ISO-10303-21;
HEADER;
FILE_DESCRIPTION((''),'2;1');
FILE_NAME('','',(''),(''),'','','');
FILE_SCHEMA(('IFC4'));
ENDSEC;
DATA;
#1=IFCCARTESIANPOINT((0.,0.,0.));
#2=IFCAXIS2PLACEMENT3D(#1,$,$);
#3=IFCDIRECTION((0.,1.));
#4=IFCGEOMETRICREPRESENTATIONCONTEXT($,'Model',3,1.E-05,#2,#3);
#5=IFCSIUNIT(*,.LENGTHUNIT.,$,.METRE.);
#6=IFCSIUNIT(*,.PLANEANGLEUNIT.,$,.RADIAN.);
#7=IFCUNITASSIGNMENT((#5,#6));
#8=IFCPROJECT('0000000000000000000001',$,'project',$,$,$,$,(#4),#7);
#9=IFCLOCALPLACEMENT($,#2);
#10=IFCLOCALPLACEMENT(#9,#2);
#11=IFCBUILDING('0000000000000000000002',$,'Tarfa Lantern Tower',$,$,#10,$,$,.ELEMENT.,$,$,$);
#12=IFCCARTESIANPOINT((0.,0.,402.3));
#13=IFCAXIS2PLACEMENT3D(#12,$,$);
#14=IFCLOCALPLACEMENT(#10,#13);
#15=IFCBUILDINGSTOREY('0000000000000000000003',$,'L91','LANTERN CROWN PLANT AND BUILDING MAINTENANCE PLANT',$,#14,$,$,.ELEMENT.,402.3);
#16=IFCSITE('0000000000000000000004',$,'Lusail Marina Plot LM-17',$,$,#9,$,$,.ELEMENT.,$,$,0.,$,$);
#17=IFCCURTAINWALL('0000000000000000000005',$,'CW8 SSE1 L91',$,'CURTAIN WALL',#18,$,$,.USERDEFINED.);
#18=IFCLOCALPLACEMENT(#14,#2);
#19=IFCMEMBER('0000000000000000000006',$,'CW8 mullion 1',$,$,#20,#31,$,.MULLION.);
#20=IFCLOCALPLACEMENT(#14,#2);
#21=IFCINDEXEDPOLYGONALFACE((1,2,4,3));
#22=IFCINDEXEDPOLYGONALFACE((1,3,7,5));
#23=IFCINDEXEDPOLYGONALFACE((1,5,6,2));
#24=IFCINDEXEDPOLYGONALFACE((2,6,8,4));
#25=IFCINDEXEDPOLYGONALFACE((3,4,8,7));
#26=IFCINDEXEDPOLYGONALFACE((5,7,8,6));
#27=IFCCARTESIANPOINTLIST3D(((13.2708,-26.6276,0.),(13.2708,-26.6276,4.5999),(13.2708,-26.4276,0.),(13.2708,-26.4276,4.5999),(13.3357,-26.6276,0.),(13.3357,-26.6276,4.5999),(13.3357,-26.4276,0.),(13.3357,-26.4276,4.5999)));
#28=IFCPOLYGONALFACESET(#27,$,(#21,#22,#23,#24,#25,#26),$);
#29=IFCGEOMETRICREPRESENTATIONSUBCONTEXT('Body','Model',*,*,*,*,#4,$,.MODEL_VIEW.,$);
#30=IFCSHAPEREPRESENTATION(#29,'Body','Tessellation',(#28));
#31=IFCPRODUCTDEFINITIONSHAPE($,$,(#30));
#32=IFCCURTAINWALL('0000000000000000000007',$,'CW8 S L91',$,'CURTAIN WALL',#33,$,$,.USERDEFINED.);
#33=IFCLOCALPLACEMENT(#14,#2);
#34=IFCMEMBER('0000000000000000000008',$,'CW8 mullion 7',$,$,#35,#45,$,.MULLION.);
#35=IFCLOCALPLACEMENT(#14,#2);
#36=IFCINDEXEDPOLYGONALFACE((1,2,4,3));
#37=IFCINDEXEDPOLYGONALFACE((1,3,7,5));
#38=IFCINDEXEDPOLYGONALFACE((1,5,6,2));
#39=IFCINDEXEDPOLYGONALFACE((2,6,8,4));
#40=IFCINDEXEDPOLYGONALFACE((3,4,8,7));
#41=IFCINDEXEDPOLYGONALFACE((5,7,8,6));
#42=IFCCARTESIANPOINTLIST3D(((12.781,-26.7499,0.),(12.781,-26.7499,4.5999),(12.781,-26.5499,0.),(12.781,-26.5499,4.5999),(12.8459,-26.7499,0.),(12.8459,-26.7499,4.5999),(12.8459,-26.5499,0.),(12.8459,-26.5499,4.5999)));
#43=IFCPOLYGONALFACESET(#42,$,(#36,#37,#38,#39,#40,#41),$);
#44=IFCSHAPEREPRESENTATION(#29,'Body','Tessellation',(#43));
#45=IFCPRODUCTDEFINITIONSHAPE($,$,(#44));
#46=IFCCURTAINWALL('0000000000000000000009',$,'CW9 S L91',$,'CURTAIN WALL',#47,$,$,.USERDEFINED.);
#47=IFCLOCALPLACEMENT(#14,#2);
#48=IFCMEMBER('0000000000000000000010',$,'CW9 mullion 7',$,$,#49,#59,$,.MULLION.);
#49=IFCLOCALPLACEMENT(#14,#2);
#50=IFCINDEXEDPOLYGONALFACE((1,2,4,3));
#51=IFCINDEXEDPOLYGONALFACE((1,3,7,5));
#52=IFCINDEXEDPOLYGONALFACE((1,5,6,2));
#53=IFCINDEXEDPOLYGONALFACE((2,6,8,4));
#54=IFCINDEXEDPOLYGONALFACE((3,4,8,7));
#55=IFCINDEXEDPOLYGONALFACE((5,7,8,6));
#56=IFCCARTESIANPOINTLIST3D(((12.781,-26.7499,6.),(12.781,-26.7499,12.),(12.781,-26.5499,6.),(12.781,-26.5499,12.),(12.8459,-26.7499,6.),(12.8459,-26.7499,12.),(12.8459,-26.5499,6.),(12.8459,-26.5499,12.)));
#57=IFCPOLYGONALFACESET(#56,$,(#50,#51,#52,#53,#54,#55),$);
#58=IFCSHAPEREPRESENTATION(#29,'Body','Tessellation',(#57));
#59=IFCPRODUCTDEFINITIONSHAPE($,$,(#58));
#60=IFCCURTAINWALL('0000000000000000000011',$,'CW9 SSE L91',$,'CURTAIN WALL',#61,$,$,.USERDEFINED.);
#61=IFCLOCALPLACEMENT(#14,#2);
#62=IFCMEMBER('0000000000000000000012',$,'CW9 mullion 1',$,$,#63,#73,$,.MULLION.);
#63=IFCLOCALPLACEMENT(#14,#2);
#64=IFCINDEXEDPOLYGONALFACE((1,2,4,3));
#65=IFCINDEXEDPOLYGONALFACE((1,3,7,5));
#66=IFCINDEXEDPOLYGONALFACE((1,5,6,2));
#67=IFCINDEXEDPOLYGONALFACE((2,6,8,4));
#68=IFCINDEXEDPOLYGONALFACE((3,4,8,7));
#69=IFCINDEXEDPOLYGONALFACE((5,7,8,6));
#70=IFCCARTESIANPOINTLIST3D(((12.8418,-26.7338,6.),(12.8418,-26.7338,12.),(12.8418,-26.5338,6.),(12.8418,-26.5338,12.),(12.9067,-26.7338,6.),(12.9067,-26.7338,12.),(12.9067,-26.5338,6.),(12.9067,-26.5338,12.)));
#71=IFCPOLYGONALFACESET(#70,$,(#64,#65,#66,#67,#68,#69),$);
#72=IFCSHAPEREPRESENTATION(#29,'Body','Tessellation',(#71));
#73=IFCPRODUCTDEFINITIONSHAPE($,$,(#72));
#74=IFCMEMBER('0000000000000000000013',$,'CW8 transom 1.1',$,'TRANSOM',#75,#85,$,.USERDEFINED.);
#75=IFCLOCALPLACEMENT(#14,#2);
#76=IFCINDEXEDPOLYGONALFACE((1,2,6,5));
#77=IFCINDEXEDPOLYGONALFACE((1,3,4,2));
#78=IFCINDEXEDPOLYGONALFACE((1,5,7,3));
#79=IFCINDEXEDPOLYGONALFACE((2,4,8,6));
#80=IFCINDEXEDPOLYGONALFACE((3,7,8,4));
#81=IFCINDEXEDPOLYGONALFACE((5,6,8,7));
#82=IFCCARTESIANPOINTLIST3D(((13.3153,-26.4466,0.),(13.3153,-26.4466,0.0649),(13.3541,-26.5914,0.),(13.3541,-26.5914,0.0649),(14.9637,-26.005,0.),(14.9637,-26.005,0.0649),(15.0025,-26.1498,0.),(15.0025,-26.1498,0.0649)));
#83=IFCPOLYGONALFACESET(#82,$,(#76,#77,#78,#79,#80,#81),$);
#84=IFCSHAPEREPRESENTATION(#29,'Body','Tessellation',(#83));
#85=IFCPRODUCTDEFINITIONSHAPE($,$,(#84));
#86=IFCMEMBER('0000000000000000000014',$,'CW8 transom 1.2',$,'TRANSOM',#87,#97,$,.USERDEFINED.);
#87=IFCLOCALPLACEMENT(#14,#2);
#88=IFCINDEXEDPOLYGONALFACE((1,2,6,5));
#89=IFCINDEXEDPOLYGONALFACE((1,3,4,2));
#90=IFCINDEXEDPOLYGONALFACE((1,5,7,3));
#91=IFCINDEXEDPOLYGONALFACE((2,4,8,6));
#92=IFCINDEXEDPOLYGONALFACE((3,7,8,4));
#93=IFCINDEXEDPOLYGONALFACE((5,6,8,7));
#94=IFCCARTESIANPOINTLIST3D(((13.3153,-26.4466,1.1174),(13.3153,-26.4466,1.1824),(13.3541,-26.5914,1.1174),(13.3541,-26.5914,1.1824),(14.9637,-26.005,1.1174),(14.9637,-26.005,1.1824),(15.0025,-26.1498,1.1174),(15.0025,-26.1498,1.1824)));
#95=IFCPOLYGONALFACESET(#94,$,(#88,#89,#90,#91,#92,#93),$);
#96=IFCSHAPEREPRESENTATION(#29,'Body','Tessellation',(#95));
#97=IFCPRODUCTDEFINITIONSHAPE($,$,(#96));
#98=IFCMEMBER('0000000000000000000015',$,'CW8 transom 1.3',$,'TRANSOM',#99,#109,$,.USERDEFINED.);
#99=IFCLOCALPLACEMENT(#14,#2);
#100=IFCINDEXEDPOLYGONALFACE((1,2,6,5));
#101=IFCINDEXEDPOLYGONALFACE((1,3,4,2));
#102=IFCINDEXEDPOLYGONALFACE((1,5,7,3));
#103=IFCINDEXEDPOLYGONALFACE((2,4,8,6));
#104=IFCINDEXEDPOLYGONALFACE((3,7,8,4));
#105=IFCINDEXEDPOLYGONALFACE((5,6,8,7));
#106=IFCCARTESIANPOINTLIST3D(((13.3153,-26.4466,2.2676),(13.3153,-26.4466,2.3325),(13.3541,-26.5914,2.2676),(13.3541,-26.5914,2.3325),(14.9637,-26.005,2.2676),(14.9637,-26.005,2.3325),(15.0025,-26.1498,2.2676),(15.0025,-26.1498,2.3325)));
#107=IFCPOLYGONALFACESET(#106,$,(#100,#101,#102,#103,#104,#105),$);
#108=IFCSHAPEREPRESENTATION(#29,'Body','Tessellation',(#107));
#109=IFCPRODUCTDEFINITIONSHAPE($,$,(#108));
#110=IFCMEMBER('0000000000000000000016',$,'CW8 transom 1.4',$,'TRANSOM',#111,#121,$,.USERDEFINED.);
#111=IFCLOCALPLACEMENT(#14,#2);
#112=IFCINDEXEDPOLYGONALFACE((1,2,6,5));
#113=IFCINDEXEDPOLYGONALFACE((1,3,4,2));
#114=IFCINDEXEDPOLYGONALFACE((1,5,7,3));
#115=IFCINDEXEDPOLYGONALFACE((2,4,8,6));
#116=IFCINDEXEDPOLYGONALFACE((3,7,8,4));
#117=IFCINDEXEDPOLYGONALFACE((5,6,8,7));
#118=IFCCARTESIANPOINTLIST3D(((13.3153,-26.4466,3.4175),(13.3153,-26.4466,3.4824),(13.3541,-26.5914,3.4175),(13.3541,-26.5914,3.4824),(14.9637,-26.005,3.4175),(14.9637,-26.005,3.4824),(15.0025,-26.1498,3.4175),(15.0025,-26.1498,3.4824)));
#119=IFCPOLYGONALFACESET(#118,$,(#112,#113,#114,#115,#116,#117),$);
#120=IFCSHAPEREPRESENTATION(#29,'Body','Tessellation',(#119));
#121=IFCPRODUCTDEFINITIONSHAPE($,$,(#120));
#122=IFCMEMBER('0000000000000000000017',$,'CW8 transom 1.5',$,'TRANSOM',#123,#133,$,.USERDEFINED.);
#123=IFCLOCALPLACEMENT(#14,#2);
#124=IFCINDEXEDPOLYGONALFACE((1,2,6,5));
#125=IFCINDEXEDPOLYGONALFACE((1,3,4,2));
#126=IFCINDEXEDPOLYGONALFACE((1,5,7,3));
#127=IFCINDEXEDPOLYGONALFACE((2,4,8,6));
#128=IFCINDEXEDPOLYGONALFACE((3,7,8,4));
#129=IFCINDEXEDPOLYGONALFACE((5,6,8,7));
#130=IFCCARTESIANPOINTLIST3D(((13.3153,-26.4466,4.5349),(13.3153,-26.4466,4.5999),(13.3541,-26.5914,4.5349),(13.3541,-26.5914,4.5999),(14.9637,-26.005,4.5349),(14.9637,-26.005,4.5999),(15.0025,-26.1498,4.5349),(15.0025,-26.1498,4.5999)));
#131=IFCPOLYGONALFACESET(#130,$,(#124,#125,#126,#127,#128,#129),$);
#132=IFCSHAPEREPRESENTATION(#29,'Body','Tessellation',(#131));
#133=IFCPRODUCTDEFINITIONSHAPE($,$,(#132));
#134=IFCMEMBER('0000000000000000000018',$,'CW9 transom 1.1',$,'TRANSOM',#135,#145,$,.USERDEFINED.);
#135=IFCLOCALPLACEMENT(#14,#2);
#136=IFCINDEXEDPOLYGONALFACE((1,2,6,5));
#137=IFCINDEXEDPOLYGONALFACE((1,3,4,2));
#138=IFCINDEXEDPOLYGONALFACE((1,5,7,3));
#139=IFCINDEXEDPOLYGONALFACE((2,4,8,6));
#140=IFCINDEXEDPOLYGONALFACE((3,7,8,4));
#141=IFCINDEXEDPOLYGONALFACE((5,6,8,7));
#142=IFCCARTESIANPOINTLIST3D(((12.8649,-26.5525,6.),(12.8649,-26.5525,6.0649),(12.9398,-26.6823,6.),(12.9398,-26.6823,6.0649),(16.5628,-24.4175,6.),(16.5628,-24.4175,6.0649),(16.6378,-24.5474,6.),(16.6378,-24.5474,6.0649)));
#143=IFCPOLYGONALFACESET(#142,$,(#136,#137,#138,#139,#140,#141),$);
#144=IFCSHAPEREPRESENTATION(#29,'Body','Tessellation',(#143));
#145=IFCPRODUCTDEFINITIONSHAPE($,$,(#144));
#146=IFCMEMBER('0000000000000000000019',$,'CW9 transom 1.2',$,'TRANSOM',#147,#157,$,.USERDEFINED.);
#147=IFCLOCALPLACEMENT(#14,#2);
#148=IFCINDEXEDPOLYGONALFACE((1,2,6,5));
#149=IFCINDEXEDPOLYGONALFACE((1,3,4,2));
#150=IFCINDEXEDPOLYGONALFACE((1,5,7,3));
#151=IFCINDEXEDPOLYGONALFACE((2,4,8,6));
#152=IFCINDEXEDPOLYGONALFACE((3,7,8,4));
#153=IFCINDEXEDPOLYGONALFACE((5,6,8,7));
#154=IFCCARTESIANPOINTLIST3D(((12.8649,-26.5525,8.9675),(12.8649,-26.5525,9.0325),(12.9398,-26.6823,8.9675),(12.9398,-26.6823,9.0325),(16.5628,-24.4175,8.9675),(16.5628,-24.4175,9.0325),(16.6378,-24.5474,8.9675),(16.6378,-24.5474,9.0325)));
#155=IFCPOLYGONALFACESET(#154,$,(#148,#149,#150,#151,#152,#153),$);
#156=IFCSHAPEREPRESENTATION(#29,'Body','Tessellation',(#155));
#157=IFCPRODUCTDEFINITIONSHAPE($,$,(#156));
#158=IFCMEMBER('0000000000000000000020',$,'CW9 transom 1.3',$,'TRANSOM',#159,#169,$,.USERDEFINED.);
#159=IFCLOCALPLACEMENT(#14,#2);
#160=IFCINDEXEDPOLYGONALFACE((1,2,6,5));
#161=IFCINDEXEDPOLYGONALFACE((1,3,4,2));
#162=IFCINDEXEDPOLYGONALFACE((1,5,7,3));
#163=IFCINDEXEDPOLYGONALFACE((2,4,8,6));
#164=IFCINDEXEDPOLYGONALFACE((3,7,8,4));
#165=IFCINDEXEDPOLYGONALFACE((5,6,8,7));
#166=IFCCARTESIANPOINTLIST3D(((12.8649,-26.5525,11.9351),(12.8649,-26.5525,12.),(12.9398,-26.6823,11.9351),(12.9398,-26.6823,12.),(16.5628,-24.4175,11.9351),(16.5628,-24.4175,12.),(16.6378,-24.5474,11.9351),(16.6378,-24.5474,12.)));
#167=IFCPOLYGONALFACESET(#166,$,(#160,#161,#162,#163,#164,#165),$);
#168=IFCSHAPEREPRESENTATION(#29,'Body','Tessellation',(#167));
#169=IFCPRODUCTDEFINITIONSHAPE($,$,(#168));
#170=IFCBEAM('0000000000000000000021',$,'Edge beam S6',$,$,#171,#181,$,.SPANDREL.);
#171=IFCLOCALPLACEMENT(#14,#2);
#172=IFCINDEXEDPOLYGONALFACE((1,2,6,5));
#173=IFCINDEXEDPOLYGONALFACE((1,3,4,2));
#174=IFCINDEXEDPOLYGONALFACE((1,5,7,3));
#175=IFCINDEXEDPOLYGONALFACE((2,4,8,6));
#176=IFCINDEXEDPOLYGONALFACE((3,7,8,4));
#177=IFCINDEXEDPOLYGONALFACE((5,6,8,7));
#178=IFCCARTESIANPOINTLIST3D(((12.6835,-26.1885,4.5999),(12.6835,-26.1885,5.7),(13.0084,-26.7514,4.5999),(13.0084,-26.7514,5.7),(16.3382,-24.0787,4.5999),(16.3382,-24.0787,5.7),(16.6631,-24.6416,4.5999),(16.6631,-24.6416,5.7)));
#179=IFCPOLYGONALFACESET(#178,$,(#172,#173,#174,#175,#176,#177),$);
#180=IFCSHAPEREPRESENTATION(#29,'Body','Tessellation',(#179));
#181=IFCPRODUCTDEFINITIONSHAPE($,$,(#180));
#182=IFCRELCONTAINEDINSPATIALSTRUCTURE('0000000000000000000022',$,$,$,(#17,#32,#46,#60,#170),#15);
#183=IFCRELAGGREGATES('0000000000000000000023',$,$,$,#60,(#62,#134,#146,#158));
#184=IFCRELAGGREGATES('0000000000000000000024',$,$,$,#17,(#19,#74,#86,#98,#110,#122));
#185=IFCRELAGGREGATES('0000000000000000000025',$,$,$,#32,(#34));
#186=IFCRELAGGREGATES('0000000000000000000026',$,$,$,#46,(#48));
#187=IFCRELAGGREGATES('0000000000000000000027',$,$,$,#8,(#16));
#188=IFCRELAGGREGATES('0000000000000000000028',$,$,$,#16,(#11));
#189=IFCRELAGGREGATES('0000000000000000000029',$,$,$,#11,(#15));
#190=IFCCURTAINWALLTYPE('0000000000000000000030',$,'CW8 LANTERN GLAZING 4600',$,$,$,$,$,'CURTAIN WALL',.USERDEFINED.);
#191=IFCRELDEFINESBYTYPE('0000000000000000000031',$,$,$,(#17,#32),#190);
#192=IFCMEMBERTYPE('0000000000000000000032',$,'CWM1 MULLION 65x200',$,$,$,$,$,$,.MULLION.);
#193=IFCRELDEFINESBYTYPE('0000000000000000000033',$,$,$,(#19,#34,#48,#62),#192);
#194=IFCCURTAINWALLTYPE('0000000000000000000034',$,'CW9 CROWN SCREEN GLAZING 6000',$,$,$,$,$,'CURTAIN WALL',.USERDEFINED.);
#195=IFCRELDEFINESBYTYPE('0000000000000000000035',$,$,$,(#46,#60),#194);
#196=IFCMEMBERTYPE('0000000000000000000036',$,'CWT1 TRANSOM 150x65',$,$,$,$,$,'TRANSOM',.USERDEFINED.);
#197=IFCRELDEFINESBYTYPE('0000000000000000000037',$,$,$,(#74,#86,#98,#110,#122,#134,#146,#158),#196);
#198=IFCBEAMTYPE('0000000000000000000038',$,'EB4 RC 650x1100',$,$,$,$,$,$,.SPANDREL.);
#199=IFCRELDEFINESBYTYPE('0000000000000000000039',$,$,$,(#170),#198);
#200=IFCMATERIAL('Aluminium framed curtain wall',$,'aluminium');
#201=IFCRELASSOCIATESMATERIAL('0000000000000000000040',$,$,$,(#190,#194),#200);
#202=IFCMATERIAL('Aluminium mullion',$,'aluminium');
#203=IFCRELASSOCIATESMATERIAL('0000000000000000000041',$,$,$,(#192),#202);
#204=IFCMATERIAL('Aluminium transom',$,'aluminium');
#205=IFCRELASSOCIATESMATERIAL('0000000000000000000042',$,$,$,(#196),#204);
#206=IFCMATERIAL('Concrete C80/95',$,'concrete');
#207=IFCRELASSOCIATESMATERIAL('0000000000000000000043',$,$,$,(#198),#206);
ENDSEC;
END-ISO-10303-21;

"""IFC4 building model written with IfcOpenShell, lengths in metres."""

from ifc_helpers import new_model, si_unit, direction, frame, origin, origin_2d, place, context, subcontext, project, spatial, rectangle, extrude, material, material_profile, profile_set, type_object, element, aggregate, save


model = new_model("IFC4")

# Units and contexts
model_context = context("Model", 3, precision=1e-05, world=origin(), true_north=direction((0.0, 1.0)))
body_context = subcontext(model_context, "Body", "Model", "MODEL_VIEW")
ifc_project = project(units=[si_unit("LENGTHUNIT", "METRE"), si_unit("PLANEANGLEUNIT", "RADIAN")], contexts=[model_context])

# Site, building, storey
site_placement = place(None, origin())
site = spatial("IfcSite", under=ifc_project, at=site_placement, Name="Lusail Marina Plot LM-17", CompositionType="ELEMENT", RefElevation=0.0)
building_placement = place(site_placement, origin())
building = spatial("IfcBuilding", under=site, at=building_placement, Name="Tarfa Lantern Tower", CompositionType="ELEMENT")
storey_placement = place(building_placement, frame((0.0, 0.0, 402.3)))
storey = spatial("IfcBuildingStorey", under=building, at=storey_placement, Name="L91", Description="LANTERN CROWN PLANT AND BUILDING MAINTENANCE PLANT", CompositionType="ELEMENT", Elevation=402.3)

# Curtain walls, members
ifc_material_1 = material(Name="Aluminium framed curtain wall", Category="aluminium")
curtain_wall_type_1 = type_object("IfcCurtainWallType", Name="CW8 LANTERN GLAZING 4600", ElementType="CURTAIN WALL", PredefinedType="USERDEFINED", material=ifc_material_1)
curtain_wall_1_placement = place(storey_placement, origin())
curtain_wall_1 = element("IfcCurtainWall", 1, at=curtain_wall_1_placement, inside=storey, type_object=curtain_wall_type_1, Name="CW8 SSE1 L91", ObjectType="CURTAIN WALL", PredefinedType="USERDEFINED")
ifc_material_2 = material(Name="Aluminium mullion", Category="aluminium")
ifc_material_profile_1 = material_profile(ifc_material_2, rectangle(XDim=0.0649, YDim=0.2, at=origin_2d()), Name="AL MULLION 65x200")
ifc_profile_set_1 = profile_set([ifc_material_profile_1], Name="Aluminium mullion")
member_type_1 = type_object("IfcMemberType", Name="CWM1 MULLION 65x200", PredefinedType="MULLION", material=ifc_profile_set_1)
member_1_placement = place(storey_placement, frame((13.3032, -26.5276, 0.0), z_axis=(0.0, 0.0, 1.0), x_axis=(1.0, 0.0, 0.0)))
member_1 = element("IfcMember", 2, at=member_1_placement, type_object=member_type_1, Name="CW8 mullion 1", PredefinedType="MULLION", context=body_context, shape_type="SweptSolid", body=[
    extrude(rectangle(XDim=0.0649, YDim=0.2, at=origin_2d()), origin(), (0.0, 0.0, 1.0), 4.5999),
])
curtain_wall_2_placement = place(storey_placement, origin())
curtain_wall_2 = element("IfcCurtainWall", 3, at=curtain_wall_2_placement, inside=storey, type_object=curtain_wall_type_1, Name="CW8 S L91", ObjectType="CURTAIN WALL", PredefinedType="USERDEFINED")
member_2_placement = place(storey_placement, frame((12.8135, -26.6499, 0.0), z_axis=(0.0, 0.0, 1.0), x_axis=(1.0, 0.0, 0.0)))
member_2 = element("IfcMember", 4, at=member_2_placement, type_object=member_type_1, Name="CW8 mullion 7", PredefinedType="MULLION", context=body_context, shape_type="SweptSolid", body=[
    extrude(rectangle(XDim=0.0649, YDim=0.2, at=origin_2d()), origin(), (0.0, 0.0, 1.0), 4.5999),
])
curtain_wall_type_2 = type_object("IfcCurtainWallType", Name="CW9 CROWN SCREEN GLAZING 6000", ElementType="CURTAIN WALL", PredefinedType="USERDEFINED", material=ifc_material_1)
curtain_wall_3_placement = place(storey_placement, origin())
curtain_wall_3 = element("IfcCurtainWall", 5, at=curtain_wall_3_placement, inside=storey, type_object=curtain_wall_type_2, Name="CW9 S L91", ObjectType="CURTAIN WALL", PredefinedType="USERDEFINED")
member_3_placement = place(storey_placement, frame((12.8135, -26.6499, 6.0), z_axis=(0.0, 0.0, 1.0), x_axis=(1.0, 0.0, 0.0)))
member_3 = element("IfcMember", 6, at=member_3_placement, type_object=member_type_1, Name="CW9 mullion 7", PredefinedType="MULLION", context=body_context, shape_type="SweptSolid", body=[
    extrude(rectangle(XDim=0.0649, YDim=0.2, at=origin_2d()), origin(), (0.0, 0.0, 1.0), 6.0),
])
curtain_wall_4_placement = place(storey_placement, origin())
curtain_wall_4 = element("IfcCurtainWall", 7, at=curtain_wall_4_placement, inside=storey, type_object=curtain_wall_type_2, Name="CW9 SSE L91", ObjectType="CURTAIN WALL", PredefinedType="USERDEFINED")
member_4_placement = place(storey_placement, frame((12.8743, -26.6338, 6.0), z_axis=(0.0, 0.0, 1.0), x_axis=(1.0, 0.0, 0.0)))
member_4 = element("IfcMember", 8, at=member_4_placement, type_object=member_type_1, Name="CW9 mullion 1", PredefinedType="MULLION", context=body_context, shape_type="SweptSolid", body=[
    extrude(rectangle(XDim=0.0649, YDim=0.2, at=origin_2d()), origin(), (0.0, 0.0, 1.0), 6.0),
])

# Members
ifc_material_3 = material(Name="Aluminium transom", Category="aluminium")
ifc_material_profile_2 = material_profile(ifc_material_3, rectangle(XDim=0.1499, YDim=0.0649, at=origin_2d()), Name="AL TRANSOM 150x65")
ifc_profile_set_2 = profile_set([ifc_material_profile_2], Name="Aluminium transom")
member_type_2 = type_object("IfcMemberType", Name="CWT1 TRANSOM 150x65", ElementType="TRANSOM", PredefinedType="USERDEFINED", material=ifc_profile_set_2)
member_5_placement = place(storey_placement, frame((13.3347, -26.519, 0.0325), z_axis=(0.965933, 0.258793, 0.0), x_axis=(-0.258793, 0.965933, 0.0)))
member_5 = element("IfcMember", 9, at=member_5_placement, type_object=member_type_2, Name="CW8 transom 1.1", ObjectType="TRANSOM", PredefinedType="USERDEFINED", context=body_context, shape_type="SweptSolid", body=[
    extrude(rectangle(XDim=0.1499, YDim=0.0649, at=origin_2d()), origin(), (0.0, 0.0, 1.0), 1.7065),
])
member_6_placement = place(storey_placement, frame((13.3347, -26.519, 1.1499), z_axis=(0.965933, 0.258793, 0.0), x_axis=(-0.258793, 0.965933, 0.0)))
member_6 = element("IfcMember", 10, at=member_6_placement, type_object=member_type_2, Name="CW8 transom 1.2", ObjectType="TRANSOM", PredefinedType="USERDEFINED", context=body_context, shape_type="SweptSolid", body=[
    extrude(rectangle(XDim=0.1499, YDim=0.0649, at=origin_2d()), origin(), (0.0, 0.0, 1.0), 1.7065),
])
member_7_placement = place(storey_placement, frame((13.3347, -26.519, 2.3), z_axis=(0.965933, 0.258793, 0.0), x_axis=(-0.258793, 0.965933, 0.0)))
member_7 = element("IfcMember", 11, at=member_7_placement, type_object=member_type_2, Name="CW8 transom 1.3", ObjectType="TRANSOM", PredefinedType="USERDEFINED", context=body_context, shape_type="SweptSolid", body=[
    extrude(rectangle(XDim=0.1499, YDim=0.0649, at=origin_2d()), origin(), (0.0, 0.0, 1.0), 1.7065),
])
member_8_placement = place(storey_placement, frame((13.3347, -26.519, 3.45), z_axis=(0.965933, 0.258793, 0.0), x_axis=(-0.258793, 0.965933, 0.0)))
member_8 = element("IfcMember", 12, at=member_8_placement, type_object=member_type_2, Name="CW8 transom 1.4", ObjectType="TRANSOM", PredefinedType="USERDEFINED", context=body_context, shape_type="SweptSolid", body=[
    extrude(rectangle(XDim=0.1499, YDim=0.0649, at=origin_2d()), origin(), (0.0, 0.0, 1.0), 1.7065),
])
member_9_placement = place(storey_placement, frame((13.3347, -26.519, 4.5674), z_axis=(0.965933, 0.258793, 0.0), x_axis=(-0.258793, 0.965933, 0.0)))
member_9 = element("IfcMember", 13, at=member_9_placement, type_object=member_type_2, Name="CW8 transom 1.5", ObjectType="TRANSOM", PredefinedType="USERDEFINED", context=body_context, shape_type="SweptSolid", body=[
    extrude(rectangle(XDim=0.1499, YDim=0.0649, at=origin_2d()), origin(), (0.0, 0.0, 1.0), 1.7065),
])
member_10_placement = place(storey_placement, frame((12.9023, -26.6174, 6.0325), z_axis=(0.866028, 0.499995, 0.0), x_axis=(-0.499995, 0.866028, 0.0)))
member_10 = element("IfcMember", 14, at=member_10_placement, type_object=member_type_2, Name="CW9 transom 1.1", ObjectType="TRANSOM", PredefinedType="USERDEFINED", context=body_context, shape_type="SweptSolid", body=[
    extrude(rectangle(XDim=0.1499, YDim=0.0649, at=origin_2d()), origin(), (0.0, 0.0, 1.0), 4.27),
])
member_11_placement = place(storey_placement, frame((12.9023, -26.6174, 9.0), z_axis=(0.866028, 0.499995, 0.0), x_axis=(-0.499995, 0.866028, 0.0)))
member_11 = element("IfcMember", 15, at=member_11_placement, type_object=member_type_2, Name="CW9 transom 1.2", ObjectType="TRANSOM", PredefinedType="USERDEFINED", context=body_context, shape_type="SweptSolid", body=[
    extrude(rectangle(XDim=0.1499, YDim=0.0649, at=origin_2d()), origin(), (0.0, 0.0, 1.0), 4.27),
])
member_12_placement = place(storey_placement, frame((12.9023, -26.6174, 11.9675), z_axis=(0.866028, 0.499995, 0.0), x_axis=(-0.499995, 0.866028, 0.0)))
member_12 = element("IfcMember", 16, at=member_12_placement, type_object=member_type_2, Name="CW9 transom 1.3", ObjectType="TRANSOM", PredefinedType="USERDEFINED", context=body_context, shape_type="SweptSolid", body=[
    extrude(rectangle(XDim=0.1499, YDim=0.0649, at=origin_2d()), origin(), (0.0, 0.0, 1.0), 4.27),
])
aggregate(curtain_wall_4, [member_4, member_10, member_11, member_12])

# Beam
ifc_material_4 = material(Name="Concrete C80/95", Category="concrete")
ifc_material_profile_3 = material_profile(ifc_material_4, rectangle(XDim=0.6499, YDim=1.1001, at=origin_2d()), Name="RC 650x1100")
ifc_profile_set_3 = profile_set([ifc_material_profile_3], Name="Concrete C80/95")
beam_type_1 = type_object("IfcBeamType", Name="EB4 RC 650x1100", PredefinedType="SPANDREL", material=ifc_profile_set_3)
beam_1_placement = place(storey_placement, frame((12.8459, -26.47, 5.1499), z_axis=(0.866049, 0.499959, 0.0), x_axis=(-0.499959, 0.866049, 0.0)))
element("IfcBeam", 17, at=beam_1_placement, inside=storey, type_object=beam_type_1, Name="Edge beam S6", PredefinedType="SPANDREL", context=body_context, shape_type="SweptSolid", body=[
    extrude(rectangle(XDim=0.6499, YDim=1.1001, at=origin_2d()), origin(), (0.0, 0.0, 1.0), 4.22),
])

aggregate(curtain_wall_1, [member_1, member_5, member_6, member_7, member_8, member_9])
aggregate(curtain_wall_2, [member_2])
aggregate(curtain_wall_3, [member_3])

save(model, "model.ifc")
